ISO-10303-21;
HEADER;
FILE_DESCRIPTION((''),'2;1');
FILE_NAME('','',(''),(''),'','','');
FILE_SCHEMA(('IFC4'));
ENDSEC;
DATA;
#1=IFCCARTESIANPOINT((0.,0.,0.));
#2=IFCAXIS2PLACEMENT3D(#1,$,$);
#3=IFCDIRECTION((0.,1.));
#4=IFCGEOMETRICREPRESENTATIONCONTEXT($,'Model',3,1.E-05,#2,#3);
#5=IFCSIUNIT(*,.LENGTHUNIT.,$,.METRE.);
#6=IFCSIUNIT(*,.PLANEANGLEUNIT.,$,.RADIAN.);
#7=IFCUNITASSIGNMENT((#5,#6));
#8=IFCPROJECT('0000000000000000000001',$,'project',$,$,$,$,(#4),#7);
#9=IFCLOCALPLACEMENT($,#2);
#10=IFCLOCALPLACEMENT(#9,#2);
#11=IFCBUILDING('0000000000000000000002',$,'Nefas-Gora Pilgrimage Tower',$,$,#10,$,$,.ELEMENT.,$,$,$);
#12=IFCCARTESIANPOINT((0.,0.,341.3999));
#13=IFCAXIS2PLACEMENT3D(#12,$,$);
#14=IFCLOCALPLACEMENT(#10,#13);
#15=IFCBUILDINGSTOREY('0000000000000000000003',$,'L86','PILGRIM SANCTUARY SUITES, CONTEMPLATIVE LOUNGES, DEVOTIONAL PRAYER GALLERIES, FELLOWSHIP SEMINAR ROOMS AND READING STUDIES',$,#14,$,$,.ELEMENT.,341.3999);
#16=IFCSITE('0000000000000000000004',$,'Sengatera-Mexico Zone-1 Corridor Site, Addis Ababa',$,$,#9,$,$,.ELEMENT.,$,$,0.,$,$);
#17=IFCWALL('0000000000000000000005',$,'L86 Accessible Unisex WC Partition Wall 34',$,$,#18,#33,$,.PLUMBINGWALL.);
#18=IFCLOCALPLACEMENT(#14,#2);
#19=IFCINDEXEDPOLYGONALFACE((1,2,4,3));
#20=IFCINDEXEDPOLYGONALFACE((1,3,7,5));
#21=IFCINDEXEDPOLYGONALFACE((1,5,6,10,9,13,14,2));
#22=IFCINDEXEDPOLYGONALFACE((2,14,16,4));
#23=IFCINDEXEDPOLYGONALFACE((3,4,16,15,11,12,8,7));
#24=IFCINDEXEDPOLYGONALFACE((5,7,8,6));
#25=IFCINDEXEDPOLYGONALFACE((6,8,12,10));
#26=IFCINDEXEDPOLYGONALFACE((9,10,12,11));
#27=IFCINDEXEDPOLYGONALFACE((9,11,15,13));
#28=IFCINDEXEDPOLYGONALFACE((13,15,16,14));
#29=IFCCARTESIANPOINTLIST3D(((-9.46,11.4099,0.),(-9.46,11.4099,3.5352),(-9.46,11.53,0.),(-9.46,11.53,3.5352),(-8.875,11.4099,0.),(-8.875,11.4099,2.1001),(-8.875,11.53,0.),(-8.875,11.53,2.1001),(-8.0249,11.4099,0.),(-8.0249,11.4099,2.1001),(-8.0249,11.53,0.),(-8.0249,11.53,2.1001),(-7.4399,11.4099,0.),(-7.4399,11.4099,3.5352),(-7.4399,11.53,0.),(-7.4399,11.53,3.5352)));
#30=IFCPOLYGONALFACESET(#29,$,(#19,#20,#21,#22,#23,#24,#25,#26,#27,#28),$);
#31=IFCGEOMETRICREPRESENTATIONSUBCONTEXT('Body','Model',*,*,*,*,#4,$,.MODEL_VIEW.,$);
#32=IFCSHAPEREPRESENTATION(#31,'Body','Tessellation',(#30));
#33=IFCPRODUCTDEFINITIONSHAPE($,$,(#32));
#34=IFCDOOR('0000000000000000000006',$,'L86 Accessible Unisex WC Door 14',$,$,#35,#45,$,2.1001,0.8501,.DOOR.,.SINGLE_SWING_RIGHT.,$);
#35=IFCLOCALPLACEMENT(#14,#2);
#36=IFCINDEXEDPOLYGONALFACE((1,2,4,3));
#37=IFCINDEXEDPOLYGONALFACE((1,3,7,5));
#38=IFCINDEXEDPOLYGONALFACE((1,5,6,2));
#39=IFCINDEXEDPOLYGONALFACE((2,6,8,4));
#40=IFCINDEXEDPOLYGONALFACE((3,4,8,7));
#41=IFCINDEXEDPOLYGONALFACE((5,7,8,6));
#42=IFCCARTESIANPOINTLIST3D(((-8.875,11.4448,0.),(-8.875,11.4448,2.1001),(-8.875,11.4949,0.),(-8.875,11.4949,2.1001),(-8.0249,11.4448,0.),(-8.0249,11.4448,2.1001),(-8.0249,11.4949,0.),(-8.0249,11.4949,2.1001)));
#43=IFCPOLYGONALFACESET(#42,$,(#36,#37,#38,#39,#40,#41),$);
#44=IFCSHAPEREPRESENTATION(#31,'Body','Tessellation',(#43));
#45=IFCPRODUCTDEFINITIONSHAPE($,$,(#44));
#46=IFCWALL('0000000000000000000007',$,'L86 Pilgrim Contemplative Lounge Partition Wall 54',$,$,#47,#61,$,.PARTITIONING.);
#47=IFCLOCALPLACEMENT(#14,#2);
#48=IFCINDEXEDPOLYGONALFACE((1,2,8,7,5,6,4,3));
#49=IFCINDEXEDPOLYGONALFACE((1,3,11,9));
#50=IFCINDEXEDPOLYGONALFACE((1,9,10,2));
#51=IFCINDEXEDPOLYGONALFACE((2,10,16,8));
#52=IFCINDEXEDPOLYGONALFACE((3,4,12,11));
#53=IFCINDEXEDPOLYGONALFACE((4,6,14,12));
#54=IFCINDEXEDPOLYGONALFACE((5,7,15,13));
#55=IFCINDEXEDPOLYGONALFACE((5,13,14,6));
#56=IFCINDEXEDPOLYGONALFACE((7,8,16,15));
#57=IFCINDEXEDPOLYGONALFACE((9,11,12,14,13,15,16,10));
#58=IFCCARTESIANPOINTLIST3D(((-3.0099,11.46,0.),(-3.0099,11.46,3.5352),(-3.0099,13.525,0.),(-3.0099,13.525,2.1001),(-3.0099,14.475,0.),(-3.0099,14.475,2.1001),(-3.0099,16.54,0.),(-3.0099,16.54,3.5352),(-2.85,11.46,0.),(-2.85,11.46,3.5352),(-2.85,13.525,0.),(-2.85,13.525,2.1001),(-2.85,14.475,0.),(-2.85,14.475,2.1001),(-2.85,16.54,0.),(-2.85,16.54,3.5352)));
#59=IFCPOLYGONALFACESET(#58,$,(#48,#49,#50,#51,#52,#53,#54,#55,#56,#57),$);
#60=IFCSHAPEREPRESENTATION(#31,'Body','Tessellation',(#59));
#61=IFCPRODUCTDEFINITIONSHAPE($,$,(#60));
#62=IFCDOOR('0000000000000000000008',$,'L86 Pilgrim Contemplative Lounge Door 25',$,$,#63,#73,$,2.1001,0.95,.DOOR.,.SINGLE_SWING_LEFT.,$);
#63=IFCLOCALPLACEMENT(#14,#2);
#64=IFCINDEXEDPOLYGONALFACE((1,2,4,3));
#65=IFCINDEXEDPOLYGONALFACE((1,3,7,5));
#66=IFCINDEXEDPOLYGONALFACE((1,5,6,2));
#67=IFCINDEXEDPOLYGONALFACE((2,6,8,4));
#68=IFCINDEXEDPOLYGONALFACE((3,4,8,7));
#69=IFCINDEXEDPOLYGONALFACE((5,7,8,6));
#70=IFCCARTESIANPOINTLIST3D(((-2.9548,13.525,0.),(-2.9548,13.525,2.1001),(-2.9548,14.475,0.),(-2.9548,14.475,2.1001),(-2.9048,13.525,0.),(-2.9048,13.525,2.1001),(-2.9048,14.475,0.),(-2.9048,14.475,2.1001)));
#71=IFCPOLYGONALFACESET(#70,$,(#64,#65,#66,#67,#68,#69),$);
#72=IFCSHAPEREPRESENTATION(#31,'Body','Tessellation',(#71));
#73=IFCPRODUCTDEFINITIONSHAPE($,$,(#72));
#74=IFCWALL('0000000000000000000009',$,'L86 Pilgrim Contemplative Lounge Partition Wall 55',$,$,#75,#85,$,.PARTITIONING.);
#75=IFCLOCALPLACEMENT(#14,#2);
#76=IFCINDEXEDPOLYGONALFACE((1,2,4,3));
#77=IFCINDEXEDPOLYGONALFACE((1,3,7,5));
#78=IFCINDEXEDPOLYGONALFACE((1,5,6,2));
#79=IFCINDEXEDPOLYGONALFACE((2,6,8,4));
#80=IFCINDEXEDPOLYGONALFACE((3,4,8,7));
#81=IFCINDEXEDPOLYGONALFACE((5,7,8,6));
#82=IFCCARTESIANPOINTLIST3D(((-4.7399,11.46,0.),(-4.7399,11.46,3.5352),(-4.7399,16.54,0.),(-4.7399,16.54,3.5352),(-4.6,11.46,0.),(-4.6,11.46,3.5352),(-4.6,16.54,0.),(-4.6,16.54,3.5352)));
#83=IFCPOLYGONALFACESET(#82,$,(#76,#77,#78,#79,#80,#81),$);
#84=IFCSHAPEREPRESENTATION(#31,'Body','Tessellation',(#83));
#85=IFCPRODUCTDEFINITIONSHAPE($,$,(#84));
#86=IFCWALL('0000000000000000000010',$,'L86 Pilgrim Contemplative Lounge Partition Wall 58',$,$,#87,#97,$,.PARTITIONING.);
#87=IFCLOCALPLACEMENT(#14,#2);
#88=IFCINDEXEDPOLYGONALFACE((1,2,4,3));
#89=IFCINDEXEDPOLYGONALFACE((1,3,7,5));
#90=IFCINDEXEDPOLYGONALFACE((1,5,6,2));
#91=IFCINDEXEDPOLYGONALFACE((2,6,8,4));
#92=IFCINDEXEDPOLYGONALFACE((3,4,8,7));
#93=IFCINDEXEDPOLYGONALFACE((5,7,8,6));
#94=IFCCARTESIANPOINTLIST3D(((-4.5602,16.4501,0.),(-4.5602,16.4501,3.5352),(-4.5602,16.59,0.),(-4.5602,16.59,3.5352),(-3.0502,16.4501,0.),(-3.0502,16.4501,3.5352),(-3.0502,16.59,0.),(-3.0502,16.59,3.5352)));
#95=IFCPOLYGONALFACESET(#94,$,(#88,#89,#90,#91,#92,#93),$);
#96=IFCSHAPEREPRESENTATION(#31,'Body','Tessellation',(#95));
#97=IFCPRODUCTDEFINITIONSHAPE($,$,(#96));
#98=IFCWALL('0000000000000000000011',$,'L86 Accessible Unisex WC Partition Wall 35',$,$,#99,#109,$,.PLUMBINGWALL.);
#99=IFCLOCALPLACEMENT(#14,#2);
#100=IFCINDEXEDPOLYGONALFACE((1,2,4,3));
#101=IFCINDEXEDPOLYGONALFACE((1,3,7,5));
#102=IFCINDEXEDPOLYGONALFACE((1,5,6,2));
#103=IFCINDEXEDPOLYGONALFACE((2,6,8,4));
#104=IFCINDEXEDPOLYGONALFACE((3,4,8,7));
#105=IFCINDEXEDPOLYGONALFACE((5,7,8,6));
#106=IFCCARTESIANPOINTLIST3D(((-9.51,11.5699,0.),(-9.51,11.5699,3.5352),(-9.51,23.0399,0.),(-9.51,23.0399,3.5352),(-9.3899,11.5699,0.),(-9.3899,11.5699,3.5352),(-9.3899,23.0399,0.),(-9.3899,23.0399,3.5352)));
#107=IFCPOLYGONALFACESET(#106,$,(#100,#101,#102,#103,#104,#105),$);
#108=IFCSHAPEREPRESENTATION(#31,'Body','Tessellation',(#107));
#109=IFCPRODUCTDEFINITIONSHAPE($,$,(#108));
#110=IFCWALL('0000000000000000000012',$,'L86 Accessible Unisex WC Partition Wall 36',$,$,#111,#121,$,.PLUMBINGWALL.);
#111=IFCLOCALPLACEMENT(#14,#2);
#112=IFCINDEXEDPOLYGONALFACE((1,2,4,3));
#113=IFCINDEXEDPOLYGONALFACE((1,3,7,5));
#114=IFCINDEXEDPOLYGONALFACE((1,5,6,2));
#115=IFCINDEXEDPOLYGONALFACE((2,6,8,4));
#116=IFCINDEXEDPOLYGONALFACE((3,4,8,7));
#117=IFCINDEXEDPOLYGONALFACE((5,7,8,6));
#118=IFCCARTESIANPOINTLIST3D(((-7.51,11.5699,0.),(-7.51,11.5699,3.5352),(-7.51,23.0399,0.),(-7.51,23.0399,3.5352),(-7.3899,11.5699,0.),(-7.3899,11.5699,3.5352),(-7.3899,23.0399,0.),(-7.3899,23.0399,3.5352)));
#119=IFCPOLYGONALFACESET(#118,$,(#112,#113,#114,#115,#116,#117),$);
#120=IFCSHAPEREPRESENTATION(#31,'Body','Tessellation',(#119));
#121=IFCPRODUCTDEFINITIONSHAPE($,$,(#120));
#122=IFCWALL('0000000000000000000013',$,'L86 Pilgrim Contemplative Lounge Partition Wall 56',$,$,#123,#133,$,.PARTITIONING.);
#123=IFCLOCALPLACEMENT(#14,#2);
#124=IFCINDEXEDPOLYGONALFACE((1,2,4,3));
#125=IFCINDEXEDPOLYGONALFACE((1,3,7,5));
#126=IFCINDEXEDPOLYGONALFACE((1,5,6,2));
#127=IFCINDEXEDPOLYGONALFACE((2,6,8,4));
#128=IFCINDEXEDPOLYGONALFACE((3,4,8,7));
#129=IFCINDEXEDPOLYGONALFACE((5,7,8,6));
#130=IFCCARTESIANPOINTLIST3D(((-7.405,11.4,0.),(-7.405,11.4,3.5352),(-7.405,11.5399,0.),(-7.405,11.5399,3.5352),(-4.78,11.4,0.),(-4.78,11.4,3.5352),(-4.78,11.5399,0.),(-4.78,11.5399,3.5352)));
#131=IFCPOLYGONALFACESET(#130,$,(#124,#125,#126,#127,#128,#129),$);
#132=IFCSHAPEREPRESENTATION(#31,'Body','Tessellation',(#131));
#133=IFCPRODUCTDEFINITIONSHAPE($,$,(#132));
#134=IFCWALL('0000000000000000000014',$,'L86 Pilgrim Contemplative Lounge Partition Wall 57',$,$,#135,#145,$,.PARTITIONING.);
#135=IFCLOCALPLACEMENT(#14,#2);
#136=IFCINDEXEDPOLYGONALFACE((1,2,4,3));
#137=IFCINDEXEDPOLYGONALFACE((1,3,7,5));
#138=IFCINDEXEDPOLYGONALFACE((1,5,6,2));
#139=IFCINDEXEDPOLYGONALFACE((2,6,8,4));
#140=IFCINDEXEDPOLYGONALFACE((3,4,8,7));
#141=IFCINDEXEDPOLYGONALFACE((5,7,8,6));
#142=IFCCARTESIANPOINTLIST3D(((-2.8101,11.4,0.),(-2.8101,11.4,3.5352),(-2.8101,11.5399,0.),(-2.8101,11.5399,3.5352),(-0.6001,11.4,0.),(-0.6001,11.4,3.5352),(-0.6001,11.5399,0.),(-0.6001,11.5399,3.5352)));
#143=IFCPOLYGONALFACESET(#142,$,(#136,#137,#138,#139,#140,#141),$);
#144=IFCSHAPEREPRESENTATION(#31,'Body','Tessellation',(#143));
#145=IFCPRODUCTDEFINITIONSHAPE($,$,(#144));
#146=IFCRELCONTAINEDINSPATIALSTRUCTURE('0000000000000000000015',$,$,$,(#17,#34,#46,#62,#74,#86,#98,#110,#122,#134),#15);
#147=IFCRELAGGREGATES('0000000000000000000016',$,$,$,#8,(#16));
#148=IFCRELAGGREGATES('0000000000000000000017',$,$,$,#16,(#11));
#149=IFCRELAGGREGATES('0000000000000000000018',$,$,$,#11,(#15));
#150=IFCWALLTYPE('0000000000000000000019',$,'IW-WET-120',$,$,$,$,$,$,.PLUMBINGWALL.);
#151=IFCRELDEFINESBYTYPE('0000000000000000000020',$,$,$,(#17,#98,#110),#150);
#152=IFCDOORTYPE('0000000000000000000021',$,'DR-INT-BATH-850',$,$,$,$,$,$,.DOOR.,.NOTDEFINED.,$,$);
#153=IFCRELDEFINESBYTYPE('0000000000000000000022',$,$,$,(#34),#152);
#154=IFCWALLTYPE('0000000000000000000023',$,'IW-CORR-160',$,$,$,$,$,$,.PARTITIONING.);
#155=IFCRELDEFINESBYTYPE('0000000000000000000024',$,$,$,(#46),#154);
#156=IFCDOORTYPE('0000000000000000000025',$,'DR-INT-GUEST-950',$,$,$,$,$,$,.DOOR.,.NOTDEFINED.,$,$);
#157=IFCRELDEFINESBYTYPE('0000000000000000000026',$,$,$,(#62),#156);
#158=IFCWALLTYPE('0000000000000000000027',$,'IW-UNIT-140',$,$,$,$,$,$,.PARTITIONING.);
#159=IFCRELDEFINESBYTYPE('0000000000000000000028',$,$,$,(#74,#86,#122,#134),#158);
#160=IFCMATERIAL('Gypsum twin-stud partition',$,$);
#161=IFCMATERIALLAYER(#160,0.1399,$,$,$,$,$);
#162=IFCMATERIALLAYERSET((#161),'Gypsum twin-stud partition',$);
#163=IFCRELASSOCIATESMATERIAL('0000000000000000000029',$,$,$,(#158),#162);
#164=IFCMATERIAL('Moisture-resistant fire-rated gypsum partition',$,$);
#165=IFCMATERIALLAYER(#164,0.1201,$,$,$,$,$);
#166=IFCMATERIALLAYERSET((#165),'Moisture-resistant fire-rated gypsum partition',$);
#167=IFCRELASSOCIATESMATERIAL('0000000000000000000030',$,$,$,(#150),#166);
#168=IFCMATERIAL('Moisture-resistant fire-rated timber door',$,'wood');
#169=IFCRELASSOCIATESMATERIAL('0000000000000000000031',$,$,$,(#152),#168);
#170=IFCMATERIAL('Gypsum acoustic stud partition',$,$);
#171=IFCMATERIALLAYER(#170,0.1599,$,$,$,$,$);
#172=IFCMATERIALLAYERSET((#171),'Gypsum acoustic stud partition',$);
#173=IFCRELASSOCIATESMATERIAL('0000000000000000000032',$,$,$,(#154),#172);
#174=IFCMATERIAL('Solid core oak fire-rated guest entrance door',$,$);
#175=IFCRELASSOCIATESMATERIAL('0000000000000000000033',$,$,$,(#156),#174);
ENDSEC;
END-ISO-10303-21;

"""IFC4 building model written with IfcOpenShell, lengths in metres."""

from ifc_helpers import new_model, si_unit, direction, frame, frame_2d, origin, place, context, subcontext, project, spatial, rectangle, extrude, source, transform, mapped, material, layer, layer_set, type_object, element, fill, save


model = new_model("IFC4")

# Units and contexts
model_context = context("Model", 3, precision=1e-05, world=origin(), true_north=direction((0.0, 1.0)))
body_context = subcontext(model_context, "Body", "Model", "MODEL_VIEW")
ifc_project = project(units=[si_unit("LENGTHUNIT", "METRE"), si_unit("PLANEANGLEUNIT", "RADIAN")], contexts=[model_context])

# Site, building, storey
site_placement = place(None, origin())
site = spatial("IfcSite", under=ifc_project, at=site_placement, Name="Sengatera-Mexico Zone-1 Corridor Site, Addis Ababa", CompositionType="ELEMENT", RefElevation=0.0)
building_placement = place(site_placement, origin())
building = spatial("IfcBuilding", under=site, at=building_placement, Name="Nefas-Gora Pilgrimage Tower", CompositionType="ELEMENT")
storey_placement = place(building_placement, frame((0.0, 0.0, 341.3999)))
storey = spatial("IfcBuildingStorey", under=building, at=storey_placement, Name="L86", Description="PILGRIM SANCTUARY SUITES, CONTEMPLATIVE LOUNGES, DEVOTIONAL PRAYER GALLERIES, FELLOWSHIP SEMINAR ROOMS AND READING STUDIES", CompositionType="ELEMENT", Elevation=341.3999)

# Shared definitions
ifc_material_1 = material(Name="Gypsum twin-stud partition")
ifc_layer_1 = layer(ifc_material_1, 0.1399)
ifc_layer_set_1 = layer_set([ifc_layer_1], Name="Gypsum twin-stud partition")
wall_type_1 = type_object("IfcWallType", Name="IW-UNIT-140", PredefinedType="PARTITIONING", material=ifc_layer_set_1)

# Walls, openings, doors
ifc_material_2 = material(Name="Moisture-resistant fire-rated gypsum partition")
ifc_layer_2 = layer(ifc_material_2, 0.1201)
ifc_layer_set_2 = layer_set([ifc_layer_2], Name="Moisture-resistant fire-rated gypsum partition")
wall_type_2 = type_object("IfcWallType", Name="IW-WET-120", PredefinedType="PLUMBINGWALL", material=ifc_layer_set_2)
shared_shape_1 = source(origin(), body_context, "Body", "SweptSolid", [
    extrude(rectangle(XDim=2.02, YDim=0.1201, at=frame_2d((1.01, 0.0))), origin(), (0.0, 0.0, 1.0), 3.5352),
])
wall_1_placement = place(storey_placement, frame((-9.46, 11.47, 0.0), z_axis=(0.0, 0.0, 1.0), x_axis=(1.0, 0.0, 0.0)))
wall_1 = element("IfcWall", 1, at=wall_1_placement, inside=storey, type_object=wall_type_2, Name="L86 Accessible Unisex WC Partition Wall 34", PredefinedType="PLUMBINGWALL", context=body_context, shape_type="MappedRepresentation", body=[
    mapped(shared_shape_1, transform((0.0, 0.0, 0.0), x_axis=(1.0, 0.0, 0.0), y_axis=(0.0, 1.0, 0.0), z_axis=(0.0, 0.0, 1.0), scale=1.0)),
])
opening_1_placement = place(wall_1_placement, frame((0.585, 0.0, 0.0)))
opening_1 = element("IfcOpeningElement", 2, at=opening_1_placement, cuts=wall_1, PredefinedType="OPENING", context=body_context, shape_type="SweptSolid", body=[
    extrude(rectangle(XDim=0.8501, YDim=2.1001, at=frame_2d((0.425, 1.05))), frame((0.0, 0.0701, 0.0), z_axis=(0.0, -1.0, 0.0), x_axis=(1.0, 0.0, 0.0)), (0.0, 0.0, 1.0), 0.1401),
])
ifc_material_3 = material(Name="Moisture-resistant fire-rated timber door", Category="wood")
door_type_1 = type_object("IfcDoorType", Name="DR-INT-BATH-850", OperationType="NOTDEFINED", PredefinedType="DOOR", material=ifc_material_3)
shared_shape_2 = source(origin(), body_context, "Body", "SweptSolid", [
    extrude(rectangle(XDim=0.8501, YDim=2.1001, at=frame_2d((0.425, 1.05))), frame((0.0, 0.0249, 0.0), z_axis=(0.0, -1.0, 0.0), x_axis=(1.0, 0.0, 0.0)), (0.0, 0.0, 1.0), 0.05),
])
door_1_placement = place(opening_1_placement, origin())
door_1 = element("IfcDoor", 3, at=door_1_placement, inside=storey, type_object=door_type_1, Name="L86 Accessible Unisex WC Door 14", OperationType="SINGLE_SWING_RIGHT", OverallHeight=2.1001, OverallWidth=0.8501, PredefinedType="DOOR", context=body_context, shape_type="MappedRepresentation", body=[
    mapped(shared_shape_2, transform((0.0, 0.0, 0.0), x_axis=(1.0, 0.0, 0.0), y_axis=(0.0, 1.0, 0.0), z_axis=(0.0, 0.0, 1.0), scale=1.0)),
])
fill(opening_1, door_1)
ifc_material_4 = material(Name="Gypsum acoustic stud partition")
ifc_layer_3 = layer(ifc_material_4, 0.1599)
ifc_layer_set_3 = layer_set([ifc_layer_3], Name="Gypsum acoustic stud partition")
wall_type_3 = type_object("IfcWallType", Name="IW-CORR-160", PredefinedType="PARTITIONING", material=ifc_layer_set_3)
shared_shape_3 = source(origin(), body_context, "Body", "SweptSolid", [
    extrude(rectangle(XDim=5.0801, YDim=0.1599, at=frame_2d((2.54, 0.0))), origin(), (0.0, 0.0, 1.0), 3.5352),
])
wall_2_placement = place(storey_placement, frame((-2.9299, 11.46, 0.0), z_axis=(0.0, 0.0, 1.0), x_axis=(0.0, 1.0, 0.0)))
wall_2 = element("IfcWall", 4, at=wall_2_placement, inside=storey, type_object=wall_type_3, Name="L86 Pilgrim Contemplative Lounge Partition Wall 54", PredefinedType="PARTITIONING", context=body_context, shape_type="MappedRepresentation", body=[
    mapped(shared_shape_3, transform((0.0, 0.0, 0.0), x_axis=(1.0, 0.0, 0.0), y_axis=(0.0, 1.0, 0.0), z_axis=(0.0, 0.0, 1.0), scale=1.0)),
])
opening_2_placement = place(wall_2_placement, frame((2.0649, 0.0, 0.0)))
opening_2 = element("IfcOpeningElement", 5, at=opening_2_placement, cuts=wall_2, PredefinedType="OPENING", context=body_context, shape_type="SweptSolid", body=[
    extrude(rectangle(XDim=0.95, YDim=2.1001, at=frame_2d((0.4751, 1.05))), frame((0.0, 0.0898, 0.0), z_axis=(0.0, -1.0, 0.0), x_axis=(1.0, 0.0, 0.0)), (0.0, 0.0, 1.0), 0.1799),
])
ifc_material_5 = material(Name="Solid core oak fire-rated guest entrance door")
door_type_2 = type_object("IfcDoorType", Name="DR-INT-GUEST-950", OperationType="NOTDEFINED", PredefinedType="DOOR", material=ifc_material_5)
shared_shape_4 = source(origin(), body_context, "Body", "SweptSolid", [
    extrude(rectangle(XDim=0.95, YDim=2.1001, at=frame_2d((0.4751, 1.05))), frame((0.0, 0.0249, 0.0), z_axis=(0.0, -1.0, 0.0), x_axis=(1.0, 0.0, 0.0)), (0.0, 0.0, 1.0), 0.05),
])
door_2_placement = place(opening_2_placement, origin())
door_2 = element("IfcDoor", 6, at=door_2_placement, inside=storey, type_object=door_type_2, Name="L86 Pilgrim Contemplative Lounge Door 25", OperationType="SINGLE_SWING_LEFT", OverallHeight=2.1001, OverallWidth=0.95, PredefinedType="DOOR", context=body_context, shape_type="MappedRepresentation", body=[
    mapped(shared_shape_4, transform((0.0, 0.0, 0.0), x_axis=(1.0, 0.0, 0.0), y_axis=(0.0, 1.0, 0.0), z_axis=(0.0, 0.0, 1.0), scale=1.0)),
])
fill(opening_2, door_2)

# Walls
shared_shape_5 = source(origin(), body_context, "Body", "SweptSolid", [
    extrude(rectangle(XDim=5.0801, YDim=0.1399, at=frame_2d((2.54, 0.0))), origin(), (0.0, 0.0, 1.0), 3.5352),
])
wall_3_placement = place(storey_placement, frame((-4.6699, 11.46, 0.0), z_axis=(0.0, 0.0, 1.0), x_axis=(0.0, 1.0, 0.0)))
element("IfcWall", 7, at=wall_3_placement, inside=storey, type_object=wall_type_1, Name="L86 Pilgrim Contemplative Lounge Partition Wall 55", PredefinedType="PARTITIONING", context=body_context, shape_type="MappedRepresentation", body=[
    mapped(shared_shape_5, transform((0.0, 0.0, 0.0), x_axis=(1.0, 0.0, 0.0), y_axis=(0.0, 1.0, 0.0), z_axis=(0.0, 0.0, 1.0), scale=1.0)),
])
shared_shape_6 = source(origin(), body_context, "Body", "SweptSolid", [
    extrude(rectangle(XDim=1.51, YDim=0.1399, at=frame_2d((0.7549, 0.0))), origin(), (0.0, 0.0, 1.0), 3.5352),
])
wall_4_placement = place(storey_placement, frame((-4.5601, 16.52, 0.0), z_axis=(0.0, 0.0, 1.0), x_axis=(1.0, 0.0, 0.0)))
element("IfcWall", 8, at=wall_4_placement, inside=storey, type_object=wall_type_1, Name="L86 Pilgrim Contemplative Lounge Partition Wall 58", PredefinedType="PARTITIONING", context=body_context, shape_type="MappedRepresentation", body=[
    mapped(shared_shape_6, transform((0.0, 0.0, 0.0), x_axis=(1.0, 0.0, 0.0), y_axis=(0.0, 1.0, 0.0), z_axis=(0.0, 0.0, 1.0), scale=1.0)),
])
shared_shape_7 = source(origin(), body_context, "Body", "SweptSolid", [
    extrude(rectangle(XDim=11.47, YDim=0.1201, at=frame_2d((5.7349, 0.0))), origin(), (0.0, 0.0, 1.0), 3.5352),
])
for number, where, z_axis, x_axis, name in (
    (9, (-9.45, 11.5701, 0.0), (0.0, 0.0, 1.0), (0.0, 1.0, 0.0), "L86 Accessible Unisex WC Partition Wall 35"),
    (10, (-7.45, 11.5701, 0.0), (0.0, 0.0, 1.0), (0.0, 1.0, 0.0), "L86 Accessible Unisex WC Partition Wall 36"),
):
    element("IfcWall", number, at=place(storey_placement, frame(where, z_axis=z_axis, x_axis=x_axis)), inside=storey, type_object=wall_type_2, Name=name, PredefinedType="PLUMBINGWALL", context=body_context, shape_type="MappedRepresentation", body=[
        mapped(shared_shape_7, transform((0.0, 0.0, 0.0), x_axis=(1.0, 0.0, 0.0), y_axis=(0.0, 1.0, 0.0), z_axis=(0.0, 0.0, 1.0), scale=1.0)),
    ])
shared_shape_8 = source(origin(), body_context, "Body", "SweptSolid", [
    extrude(rectangle(XDim=2.625, YDim=0.1399, at=frame_2d((1.3125, 0.0))), origin(), (0.0, 0.0, 1.0), 3.5352),
])
wall_5_placement = place(storey_placement, frame((-7.405, 11.47, 0.0), z_axis=(0.0, 0.0, 1.0), x_axis=(1.0, 0.0, 0.0)))
element("IfcWall", 11, at=wall_5_placement, inside=storey, type_object=wall_type_1, Name="L86 Pilgrim Contemplative Lounge Partition Wall 56", PredefinedType="PARTITIONING", context=body_context, shape_type="MappedRepresentation", body=[
    mapped(shared_shape_8, transform((0.0, 0.0, 0.0), x_axis=(1.0, 0.0, 0.0), y_axis=(0.0, 1.0, 0.0), z_axis=(0.0, 0.0, 1.0), scale=1.0)),
])
shared_shape_9 = source(origin(), body_context, "Body", "SweptSolid", [
    extrude(rectangle(XDim=2.21, YDim=0.1399, at=frame_2d((1.105, 0.0))), origin(), (0.0, 0.0, 1.0), 3.5352),
])
wall_6_placement = place(storey_placement, frame((-2.8101, 11.47, 0.0), z_axis=(0.0, 0.0, 1.0), x_axis=(1.0, 0.0, 0.0)))
element("IfcWall", 12, at=wall_6_placement, inside=storey, type_object=wall_type_1, Name="L86 Pilgrim Contemplative Lounge Partition Wall 57", PredefinedType="PARTITIONING", context=body_context, shape_type="MappedRepresentation", body=[
    mapped(shared_shape_9, transform((0.0, 0.0, 0.0), x_axis=(1.0, 0.0, 0.0), y_axis=(0.0, 1.0, 0.0), z_axis=(0.0, 0.0, 1.0), scale=1.0)),
])

save(model, "model.ifc")
